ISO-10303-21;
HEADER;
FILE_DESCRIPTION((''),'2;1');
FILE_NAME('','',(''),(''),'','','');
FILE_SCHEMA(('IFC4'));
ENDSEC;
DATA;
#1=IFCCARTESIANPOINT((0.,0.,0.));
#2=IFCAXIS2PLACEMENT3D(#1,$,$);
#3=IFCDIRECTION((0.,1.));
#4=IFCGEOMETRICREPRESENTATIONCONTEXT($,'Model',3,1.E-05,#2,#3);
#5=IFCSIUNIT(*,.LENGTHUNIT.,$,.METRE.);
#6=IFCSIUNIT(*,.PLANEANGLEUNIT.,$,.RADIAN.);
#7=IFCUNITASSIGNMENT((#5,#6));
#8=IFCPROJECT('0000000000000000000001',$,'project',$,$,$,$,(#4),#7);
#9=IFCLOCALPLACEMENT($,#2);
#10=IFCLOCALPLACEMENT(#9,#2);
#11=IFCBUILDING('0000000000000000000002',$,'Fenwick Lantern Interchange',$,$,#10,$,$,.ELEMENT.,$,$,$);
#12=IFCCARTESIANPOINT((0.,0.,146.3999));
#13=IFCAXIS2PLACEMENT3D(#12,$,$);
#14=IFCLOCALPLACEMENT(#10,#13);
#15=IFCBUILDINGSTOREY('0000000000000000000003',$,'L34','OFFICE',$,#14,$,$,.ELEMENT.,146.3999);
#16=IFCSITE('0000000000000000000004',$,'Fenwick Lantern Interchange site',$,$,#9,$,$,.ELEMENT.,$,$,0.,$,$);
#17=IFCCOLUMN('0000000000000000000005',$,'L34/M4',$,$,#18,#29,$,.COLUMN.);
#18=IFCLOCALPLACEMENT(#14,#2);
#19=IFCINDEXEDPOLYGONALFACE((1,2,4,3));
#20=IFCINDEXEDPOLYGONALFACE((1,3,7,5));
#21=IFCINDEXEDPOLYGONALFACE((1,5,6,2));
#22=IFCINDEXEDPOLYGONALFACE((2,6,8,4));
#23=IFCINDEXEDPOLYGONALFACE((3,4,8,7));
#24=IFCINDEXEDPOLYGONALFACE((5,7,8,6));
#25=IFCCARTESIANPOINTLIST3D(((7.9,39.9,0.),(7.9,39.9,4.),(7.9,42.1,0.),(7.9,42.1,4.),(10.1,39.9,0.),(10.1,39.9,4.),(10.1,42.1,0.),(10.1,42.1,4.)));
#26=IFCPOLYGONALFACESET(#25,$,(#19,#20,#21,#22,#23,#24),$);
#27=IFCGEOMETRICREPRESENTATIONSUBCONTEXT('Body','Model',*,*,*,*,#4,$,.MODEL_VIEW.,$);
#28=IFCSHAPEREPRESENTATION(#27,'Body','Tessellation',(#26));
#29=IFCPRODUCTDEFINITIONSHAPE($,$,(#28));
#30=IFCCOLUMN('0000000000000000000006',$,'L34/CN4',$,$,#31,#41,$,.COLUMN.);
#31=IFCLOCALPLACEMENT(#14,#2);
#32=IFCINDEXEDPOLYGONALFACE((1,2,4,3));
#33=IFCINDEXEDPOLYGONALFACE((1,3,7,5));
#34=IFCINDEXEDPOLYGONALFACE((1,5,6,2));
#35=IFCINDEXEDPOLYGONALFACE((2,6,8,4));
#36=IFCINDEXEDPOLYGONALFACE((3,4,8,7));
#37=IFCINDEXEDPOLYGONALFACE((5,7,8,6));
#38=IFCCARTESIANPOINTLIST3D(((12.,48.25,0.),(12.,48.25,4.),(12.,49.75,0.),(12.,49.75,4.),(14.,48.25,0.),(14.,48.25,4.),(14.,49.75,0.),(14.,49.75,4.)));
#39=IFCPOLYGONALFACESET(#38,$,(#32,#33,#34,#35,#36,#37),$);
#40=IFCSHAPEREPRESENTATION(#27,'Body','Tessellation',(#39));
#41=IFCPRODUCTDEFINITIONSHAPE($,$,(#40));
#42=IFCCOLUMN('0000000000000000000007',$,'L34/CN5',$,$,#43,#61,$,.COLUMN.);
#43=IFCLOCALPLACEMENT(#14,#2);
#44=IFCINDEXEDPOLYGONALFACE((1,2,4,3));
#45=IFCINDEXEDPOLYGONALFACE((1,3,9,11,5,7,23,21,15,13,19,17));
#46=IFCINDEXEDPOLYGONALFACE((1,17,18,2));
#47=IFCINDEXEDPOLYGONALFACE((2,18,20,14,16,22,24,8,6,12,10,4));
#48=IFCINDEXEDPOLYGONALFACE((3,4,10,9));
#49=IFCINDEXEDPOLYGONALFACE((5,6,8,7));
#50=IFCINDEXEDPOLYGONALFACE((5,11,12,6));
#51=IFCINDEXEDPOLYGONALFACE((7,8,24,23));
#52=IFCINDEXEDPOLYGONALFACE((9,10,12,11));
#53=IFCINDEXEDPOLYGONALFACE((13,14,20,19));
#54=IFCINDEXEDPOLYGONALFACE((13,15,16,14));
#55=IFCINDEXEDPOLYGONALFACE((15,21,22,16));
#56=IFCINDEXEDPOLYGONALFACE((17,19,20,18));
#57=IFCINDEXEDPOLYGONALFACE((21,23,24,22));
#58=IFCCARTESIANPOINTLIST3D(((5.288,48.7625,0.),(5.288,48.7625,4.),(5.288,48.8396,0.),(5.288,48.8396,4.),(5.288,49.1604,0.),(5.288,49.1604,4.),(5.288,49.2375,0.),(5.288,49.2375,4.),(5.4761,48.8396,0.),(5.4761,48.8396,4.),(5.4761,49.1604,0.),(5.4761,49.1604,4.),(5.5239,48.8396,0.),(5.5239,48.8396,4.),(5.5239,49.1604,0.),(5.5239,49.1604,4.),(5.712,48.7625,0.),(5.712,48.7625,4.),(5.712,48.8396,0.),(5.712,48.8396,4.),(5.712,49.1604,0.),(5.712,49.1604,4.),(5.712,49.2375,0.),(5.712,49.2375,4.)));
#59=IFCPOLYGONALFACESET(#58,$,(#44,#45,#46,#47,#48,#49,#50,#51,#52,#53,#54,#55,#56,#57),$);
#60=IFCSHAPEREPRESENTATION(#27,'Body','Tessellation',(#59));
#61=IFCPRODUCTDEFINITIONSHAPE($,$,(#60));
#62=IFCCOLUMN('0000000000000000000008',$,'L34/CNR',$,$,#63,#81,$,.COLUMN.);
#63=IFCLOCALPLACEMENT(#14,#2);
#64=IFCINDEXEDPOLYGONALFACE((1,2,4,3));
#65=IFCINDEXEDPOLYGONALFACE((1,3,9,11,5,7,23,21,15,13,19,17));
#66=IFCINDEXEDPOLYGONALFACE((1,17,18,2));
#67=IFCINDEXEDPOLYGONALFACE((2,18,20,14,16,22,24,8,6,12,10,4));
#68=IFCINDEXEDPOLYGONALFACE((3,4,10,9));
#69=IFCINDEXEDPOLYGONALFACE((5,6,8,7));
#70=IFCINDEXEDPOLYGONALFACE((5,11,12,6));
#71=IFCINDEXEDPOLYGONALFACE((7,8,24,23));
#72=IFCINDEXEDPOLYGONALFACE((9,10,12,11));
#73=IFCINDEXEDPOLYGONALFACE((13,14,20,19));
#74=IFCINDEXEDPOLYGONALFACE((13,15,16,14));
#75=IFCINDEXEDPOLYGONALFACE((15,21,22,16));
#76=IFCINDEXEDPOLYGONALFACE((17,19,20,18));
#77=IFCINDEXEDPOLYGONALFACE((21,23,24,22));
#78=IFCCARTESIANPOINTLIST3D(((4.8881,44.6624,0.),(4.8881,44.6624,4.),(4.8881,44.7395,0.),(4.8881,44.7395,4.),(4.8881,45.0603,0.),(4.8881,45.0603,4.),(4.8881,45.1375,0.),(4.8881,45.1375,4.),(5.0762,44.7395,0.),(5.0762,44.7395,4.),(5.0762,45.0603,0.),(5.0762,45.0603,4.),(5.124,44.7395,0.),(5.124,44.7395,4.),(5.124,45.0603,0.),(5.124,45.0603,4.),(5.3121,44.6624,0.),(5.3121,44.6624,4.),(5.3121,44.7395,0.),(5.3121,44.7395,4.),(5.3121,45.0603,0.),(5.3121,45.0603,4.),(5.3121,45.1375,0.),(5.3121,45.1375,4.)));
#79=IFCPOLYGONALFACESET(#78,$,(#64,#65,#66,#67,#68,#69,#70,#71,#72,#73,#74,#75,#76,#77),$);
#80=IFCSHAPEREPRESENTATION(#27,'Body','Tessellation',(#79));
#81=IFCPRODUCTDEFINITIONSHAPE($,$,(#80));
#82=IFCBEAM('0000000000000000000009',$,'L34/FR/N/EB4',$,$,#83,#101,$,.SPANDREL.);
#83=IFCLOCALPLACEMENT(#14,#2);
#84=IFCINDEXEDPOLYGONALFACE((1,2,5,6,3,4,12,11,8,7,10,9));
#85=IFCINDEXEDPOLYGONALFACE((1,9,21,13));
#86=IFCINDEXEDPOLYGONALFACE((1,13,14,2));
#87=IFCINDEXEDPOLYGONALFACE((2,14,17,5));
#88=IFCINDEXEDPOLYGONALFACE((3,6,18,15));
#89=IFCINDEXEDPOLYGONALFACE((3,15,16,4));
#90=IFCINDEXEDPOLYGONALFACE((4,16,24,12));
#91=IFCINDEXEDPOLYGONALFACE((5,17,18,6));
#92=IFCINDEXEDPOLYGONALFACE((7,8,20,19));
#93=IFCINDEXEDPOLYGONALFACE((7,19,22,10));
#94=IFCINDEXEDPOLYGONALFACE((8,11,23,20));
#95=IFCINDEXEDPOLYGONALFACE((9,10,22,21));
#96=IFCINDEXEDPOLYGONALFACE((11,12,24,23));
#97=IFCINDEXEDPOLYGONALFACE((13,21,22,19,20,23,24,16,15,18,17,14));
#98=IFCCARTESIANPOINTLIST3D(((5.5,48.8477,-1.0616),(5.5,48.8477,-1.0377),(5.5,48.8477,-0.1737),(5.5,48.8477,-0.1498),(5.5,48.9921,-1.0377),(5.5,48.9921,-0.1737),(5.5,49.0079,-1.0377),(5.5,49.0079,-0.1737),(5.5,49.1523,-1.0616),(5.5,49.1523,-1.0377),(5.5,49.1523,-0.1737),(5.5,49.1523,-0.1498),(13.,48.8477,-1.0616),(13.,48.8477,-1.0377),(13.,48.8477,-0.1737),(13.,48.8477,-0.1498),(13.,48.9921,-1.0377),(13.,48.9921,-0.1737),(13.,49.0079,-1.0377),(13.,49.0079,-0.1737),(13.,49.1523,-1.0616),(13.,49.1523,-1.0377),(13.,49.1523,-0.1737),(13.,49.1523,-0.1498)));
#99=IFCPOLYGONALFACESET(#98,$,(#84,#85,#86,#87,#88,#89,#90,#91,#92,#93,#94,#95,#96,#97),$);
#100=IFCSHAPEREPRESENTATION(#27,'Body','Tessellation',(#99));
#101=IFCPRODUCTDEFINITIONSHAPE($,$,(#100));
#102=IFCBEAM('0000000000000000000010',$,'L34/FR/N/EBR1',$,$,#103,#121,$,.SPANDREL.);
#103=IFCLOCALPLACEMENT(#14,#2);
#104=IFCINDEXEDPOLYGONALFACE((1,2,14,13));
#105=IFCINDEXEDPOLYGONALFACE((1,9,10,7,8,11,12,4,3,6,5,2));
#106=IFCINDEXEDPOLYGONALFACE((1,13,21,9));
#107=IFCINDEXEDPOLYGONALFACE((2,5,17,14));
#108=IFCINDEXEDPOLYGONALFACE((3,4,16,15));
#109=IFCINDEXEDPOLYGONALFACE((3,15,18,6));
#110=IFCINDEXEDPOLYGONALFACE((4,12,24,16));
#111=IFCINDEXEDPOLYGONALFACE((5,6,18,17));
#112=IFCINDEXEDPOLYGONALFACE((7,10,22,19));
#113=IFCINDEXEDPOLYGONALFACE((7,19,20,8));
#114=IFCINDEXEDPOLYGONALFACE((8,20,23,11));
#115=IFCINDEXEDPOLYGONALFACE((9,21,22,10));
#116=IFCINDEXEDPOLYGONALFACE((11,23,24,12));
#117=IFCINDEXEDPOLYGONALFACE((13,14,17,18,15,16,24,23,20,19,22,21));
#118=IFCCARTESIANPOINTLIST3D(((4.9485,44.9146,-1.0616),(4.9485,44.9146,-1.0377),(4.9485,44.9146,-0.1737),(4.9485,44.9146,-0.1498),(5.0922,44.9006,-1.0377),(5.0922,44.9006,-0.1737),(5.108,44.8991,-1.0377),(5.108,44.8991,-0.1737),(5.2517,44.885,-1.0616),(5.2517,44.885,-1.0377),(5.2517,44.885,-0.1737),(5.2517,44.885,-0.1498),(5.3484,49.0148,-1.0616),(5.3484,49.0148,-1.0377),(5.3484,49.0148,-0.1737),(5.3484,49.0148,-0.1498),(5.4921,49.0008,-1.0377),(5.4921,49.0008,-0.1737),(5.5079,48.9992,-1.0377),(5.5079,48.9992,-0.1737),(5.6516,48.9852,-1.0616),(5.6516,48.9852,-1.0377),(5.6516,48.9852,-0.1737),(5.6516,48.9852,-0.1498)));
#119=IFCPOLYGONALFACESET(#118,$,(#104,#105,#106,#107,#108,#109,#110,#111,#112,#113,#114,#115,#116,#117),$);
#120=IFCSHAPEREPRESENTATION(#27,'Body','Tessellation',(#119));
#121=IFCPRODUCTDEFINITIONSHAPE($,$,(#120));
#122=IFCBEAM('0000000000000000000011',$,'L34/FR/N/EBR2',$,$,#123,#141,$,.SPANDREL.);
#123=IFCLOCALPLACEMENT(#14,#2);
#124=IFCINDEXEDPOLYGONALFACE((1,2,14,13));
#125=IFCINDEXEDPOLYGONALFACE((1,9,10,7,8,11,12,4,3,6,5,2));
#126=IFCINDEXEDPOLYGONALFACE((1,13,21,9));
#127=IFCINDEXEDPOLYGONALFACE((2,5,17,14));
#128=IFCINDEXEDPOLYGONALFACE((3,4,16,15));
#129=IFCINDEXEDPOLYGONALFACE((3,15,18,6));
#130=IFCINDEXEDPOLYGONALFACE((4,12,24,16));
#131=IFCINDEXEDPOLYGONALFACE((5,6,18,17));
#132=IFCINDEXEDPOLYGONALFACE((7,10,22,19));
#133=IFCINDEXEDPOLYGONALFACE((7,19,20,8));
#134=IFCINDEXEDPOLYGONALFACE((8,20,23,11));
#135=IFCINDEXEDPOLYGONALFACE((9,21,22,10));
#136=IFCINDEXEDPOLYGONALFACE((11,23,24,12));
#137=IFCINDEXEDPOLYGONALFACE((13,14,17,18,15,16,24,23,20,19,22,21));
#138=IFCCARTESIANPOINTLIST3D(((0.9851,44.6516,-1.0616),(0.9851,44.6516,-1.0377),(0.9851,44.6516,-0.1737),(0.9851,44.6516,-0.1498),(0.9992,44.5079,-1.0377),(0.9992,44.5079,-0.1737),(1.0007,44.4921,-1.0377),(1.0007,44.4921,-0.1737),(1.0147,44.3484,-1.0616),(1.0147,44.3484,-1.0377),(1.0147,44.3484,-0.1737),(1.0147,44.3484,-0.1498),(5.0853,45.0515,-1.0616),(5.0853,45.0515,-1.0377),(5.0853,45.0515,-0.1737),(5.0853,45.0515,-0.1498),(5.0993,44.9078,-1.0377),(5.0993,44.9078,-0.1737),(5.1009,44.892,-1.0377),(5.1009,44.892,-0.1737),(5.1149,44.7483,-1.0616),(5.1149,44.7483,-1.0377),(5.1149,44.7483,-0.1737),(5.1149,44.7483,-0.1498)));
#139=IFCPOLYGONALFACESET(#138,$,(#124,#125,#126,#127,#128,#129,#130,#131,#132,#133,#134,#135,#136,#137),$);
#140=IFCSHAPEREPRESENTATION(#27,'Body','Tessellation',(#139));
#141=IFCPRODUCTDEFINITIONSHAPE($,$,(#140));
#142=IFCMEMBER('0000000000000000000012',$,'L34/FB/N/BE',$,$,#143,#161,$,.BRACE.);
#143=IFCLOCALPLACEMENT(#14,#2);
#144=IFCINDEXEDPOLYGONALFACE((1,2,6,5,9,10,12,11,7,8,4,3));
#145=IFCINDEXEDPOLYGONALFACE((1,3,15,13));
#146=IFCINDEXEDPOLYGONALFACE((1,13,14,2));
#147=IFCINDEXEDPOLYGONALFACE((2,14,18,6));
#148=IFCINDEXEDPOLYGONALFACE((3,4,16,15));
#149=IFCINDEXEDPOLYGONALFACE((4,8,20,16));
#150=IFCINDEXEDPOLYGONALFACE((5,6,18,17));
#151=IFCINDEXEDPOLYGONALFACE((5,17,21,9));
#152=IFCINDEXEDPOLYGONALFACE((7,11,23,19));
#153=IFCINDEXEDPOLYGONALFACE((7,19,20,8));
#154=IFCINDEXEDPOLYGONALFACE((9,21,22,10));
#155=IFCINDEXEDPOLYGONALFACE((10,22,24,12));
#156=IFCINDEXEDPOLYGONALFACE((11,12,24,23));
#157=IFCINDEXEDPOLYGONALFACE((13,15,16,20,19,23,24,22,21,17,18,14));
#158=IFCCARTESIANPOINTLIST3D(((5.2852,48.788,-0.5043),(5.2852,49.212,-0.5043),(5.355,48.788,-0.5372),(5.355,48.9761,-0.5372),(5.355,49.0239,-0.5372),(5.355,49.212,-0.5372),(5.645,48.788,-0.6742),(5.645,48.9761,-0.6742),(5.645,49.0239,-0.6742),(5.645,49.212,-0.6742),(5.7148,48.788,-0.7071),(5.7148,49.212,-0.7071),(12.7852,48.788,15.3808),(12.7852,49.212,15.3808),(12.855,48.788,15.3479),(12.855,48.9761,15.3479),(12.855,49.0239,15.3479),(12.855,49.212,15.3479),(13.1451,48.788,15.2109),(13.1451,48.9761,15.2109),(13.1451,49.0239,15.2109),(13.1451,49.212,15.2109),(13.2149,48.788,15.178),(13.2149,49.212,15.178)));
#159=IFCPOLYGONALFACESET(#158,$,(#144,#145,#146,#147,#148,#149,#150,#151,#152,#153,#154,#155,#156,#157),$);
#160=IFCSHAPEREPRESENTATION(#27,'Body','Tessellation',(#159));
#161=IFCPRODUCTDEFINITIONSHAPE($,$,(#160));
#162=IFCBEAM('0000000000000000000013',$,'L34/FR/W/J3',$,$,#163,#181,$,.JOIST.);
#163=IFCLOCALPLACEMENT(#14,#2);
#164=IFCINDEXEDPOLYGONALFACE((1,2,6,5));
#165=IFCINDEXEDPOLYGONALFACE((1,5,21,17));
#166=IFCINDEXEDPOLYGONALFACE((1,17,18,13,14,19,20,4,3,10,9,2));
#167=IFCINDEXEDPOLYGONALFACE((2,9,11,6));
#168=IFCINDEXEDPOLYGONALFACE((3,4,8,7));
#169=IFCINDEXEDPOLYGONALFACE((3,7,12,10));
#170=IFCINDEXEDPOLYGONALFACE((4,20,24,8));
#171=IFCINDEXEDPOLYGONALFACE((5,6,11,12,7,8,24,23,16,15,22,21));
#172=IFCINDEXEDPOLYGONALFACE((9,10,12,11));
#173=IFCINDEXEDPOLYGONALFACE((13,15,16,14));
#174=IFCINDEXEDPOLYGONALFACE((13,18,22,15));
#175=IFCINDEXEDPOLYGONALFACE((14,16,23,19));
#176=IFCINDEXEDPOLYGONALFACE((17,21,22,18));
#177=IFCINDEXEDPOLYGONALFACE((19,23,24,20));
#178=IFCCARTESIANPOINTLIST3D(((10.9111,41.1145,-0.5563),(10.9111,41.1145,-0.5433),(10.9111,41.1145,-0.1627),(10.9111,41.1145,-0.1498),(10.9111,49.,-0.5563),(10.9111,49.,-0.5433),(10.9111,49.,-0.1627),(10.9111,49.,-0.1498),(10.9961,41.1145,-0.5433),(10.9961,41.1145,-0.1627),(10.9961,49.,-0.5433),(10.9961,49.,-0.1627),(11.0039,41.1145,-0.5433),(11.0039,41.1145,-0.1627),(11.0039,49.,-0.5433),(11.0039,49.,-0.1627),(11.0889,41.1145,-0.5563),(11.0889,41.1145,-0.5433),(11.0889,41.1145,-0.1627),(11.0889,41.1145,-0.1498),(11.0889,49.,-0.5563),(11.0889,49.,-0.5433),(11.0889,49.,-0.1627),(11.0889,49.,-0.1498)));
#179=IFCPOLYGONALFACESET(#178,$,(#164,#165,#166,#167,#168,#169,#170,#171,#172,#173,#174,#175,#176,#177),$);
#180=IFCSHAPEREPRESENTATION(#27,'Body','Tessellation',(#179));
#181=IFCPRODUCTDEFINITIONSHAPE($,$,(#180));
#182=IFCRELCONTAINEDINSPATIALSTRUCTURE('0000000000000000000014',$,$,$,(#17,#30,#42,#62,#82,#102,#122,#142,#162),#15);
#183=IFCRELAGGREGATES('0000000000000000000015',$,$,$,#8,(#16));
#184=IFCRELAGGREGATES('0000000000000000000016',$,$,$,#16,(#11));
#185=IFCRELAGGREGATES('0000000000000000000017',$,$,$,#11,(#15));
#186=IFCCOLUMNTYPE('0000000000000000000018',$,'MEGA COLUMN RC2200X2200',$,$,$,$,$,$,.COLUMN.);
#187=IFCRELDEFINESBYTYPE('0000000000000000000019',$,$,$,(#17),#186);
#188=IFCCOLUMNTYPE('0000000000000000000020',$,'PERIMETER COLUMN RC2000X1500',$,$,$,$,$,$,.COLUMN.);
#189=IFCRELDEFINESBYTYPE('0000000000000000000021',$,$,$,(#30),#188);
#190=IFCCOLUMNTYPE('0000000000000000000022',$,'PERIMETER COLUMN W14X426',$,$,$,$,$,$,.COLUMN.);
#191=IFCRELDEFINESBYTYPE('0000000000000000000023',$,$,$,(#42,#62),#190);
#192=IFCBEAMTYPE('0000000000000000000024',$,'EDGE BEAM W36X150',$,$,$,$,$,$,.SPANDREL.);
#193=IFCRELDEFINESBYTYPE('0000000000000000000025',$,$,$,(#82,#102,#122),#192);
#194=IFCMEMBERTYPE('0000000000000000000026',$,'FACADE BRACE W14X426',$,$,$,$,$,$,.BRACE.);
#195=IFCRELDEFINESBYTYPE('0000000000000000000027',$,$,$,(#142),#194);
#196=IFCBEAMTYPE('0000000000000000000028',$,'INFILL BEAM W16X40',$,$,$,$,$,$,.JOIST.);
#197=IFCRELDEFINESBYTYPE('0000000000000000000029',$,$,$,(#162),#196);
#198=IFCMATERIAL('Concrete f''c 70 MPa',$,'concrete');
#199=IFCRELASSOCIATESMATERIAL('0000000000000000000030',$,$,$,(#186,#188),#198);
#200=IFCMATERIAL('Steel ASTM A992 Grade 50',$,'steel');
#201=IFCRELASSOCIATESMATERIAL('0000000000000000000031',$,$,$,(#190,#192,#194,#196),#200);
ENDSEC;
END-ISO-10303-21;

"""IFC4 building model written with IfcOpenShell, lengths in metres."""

from ifc_helpers import new_model, si_unit, direction, frame, origin, origin_2d, place, context, subcontext, project, spatial, rectangle, i_section, extrude, material, material_profile, profile_set, type_object, element, save


model = new_model("IFC4")

# Units and contexts
model_context = context("Model", 3, precision=1e-05, world=origin(), true_north=direction((0.0, 1.0)))
body_context = subcontext(model_context, "Body", "Model", "MODEL_VIEW")
ifc_project = project(units=[si_unit("LENGTHUNIT", "METRE"), si_unit("PLANEANGLEUNIT", "RADIAN")], contexts=[model_context])

# Site, building, storey
site_placement = place(None, origin())
site = spatial("IfcSite", under=ifc_project, at=site_placement, Name="Fenwick Lantern Interchange site", CompositionType="ELEMENT", RefElevation=0.0)
building_placement = place(site_placement, origin())
building = spatial("IfcBuilding", under=site, at=building_placement, Name="Fenwick Lantern Interchange", CompositionType="ELEMENT")
storey_placement = place(building_placement, frame((0.0, 0.0, 146.3999)))
storey = spatial("IfcBuildingStorey", under=building, at=storey_placement, Name="L34", Description="OFFICE", CompositionType="ELEMENT", Elevation=146.3999)

# Columns
ifc_material_1 = material(Name="Concrete f'c 70 MPa", Category="concrete")
ifc_material_profile_1 = material_profile(ifc_material_1, rectangle(XDim=2.2, YDim=2.2, at=origin_2d()), Name="RC2200X2200")
ifc_profile_set_1 = profile_set([ifc_material_profile_1], Name="Concrete f'c 70 MPa")
column_type_1 = type_object("IfcColumnType", Name="MEGA COLUMN RC2200X2200", PredefinedType="COLUMN", material=ifc_profile_set_1)
column_1_placement = place(storey_placement, frame((9.0, 41.0, 0.0), z_axis=(0.0, 0.0, 1.0), x_axis=(1.0, 0.0, 0.0)))
element("IfcColumn", 1, at=column_1_placement, inside=storey, type_object=column_type_1, Name="L34/M4", PredefinedType="COLUMN", context=body_context, shape_type="SweptSolid", body=[
    extrude(rectangle(XDim=2.2, YDim=2.2, at=origin_2d()), origin(), (0.0, 0.0, 1.0), 4.0),
])
ifc_material_profile_2 = material_profile(ifc_material_1, rectangle(XDim=2.0, YDim=1.5, at=origin_2d()), Name="RC2000X1500")
ifc_profile_set_2 = profile_set([ifc_material_profile_2], Name="Concrete f'c 70 MPa")
column_type_2 = type_object("IfcColumnType", Name="PERIMETER COLUMN RC2000X1500", PredefinedType="COLUMN", material=ifc_profile_set_2)
column_2_placement = place(storey_placement, frame((13.0, 49.0, 0.0), z_axis=(0.0, 0.0, 1.0), x_axis=(1.0, 0.0, 0.0)))
element("IfcColumn", 2, at=column_2_placement, inside=storey, type_object=column_type_2, Name="L34/CN4", PredefinedType="COLUMN", context=body_context, shape_type="SweptSolid", body=[
    extrude(rectangle(XDim=2.0, YDim=1.5, at=origin_2d()), origin(), (0.0, 0.0, 1.0), 4.0),
])
ifc_material_2 = material(Name="Steel ASTM A992 Grade 50", Category="steel")
ifc_material_profile_3 = material_profile(ifc_material_2, i_section(OverallWidth=0.4241, OverallDepth=0.4751, WebThickness=0.0479, FlangeThickness=0.0771, at=origin_2d()), Name="W14X426")
ifc_profile_set_3 = profile_set([ifc_material_profile_3], Name="Steel ASTM A992 Grade 50")
column_type_3 = type_object("IfcColumnType", Name="PERIMETER COLUMN W14X426", PredefinedType="COLUMN", material=ifc_profile_set_3)
for number, where, z_axis, x_axis, name in (
    (3, (5.5, 49.0, 0.0), (0.0, 0.0, 1.0), (1.0, 0.0, 0.0), "L34/CN5"),
    (4, (5.1001, 44.8999, 0.0), (0.0, 0.0, 1.0), (1.0, 0.0, 0.0), "L34/CNR"),
):
    element("IfcColumn", number, at=place(storey_placement, frame(where, z_axis=z_axis, x_axis=x_axis)), inside=storey, type_object=column_type_3, Name=name, PredefinedType="COLUMN", context=body_context, shape_type="SweptSolid", body=[
        extrude(i_section(OverallWidth=0.4241, OverallDepth=0.4751, WebThickness=0.0479, FlangeThickness=0.0771, at=origin_2d()), origin(), (0.0, 0.0, 1.0), 4.0),
    ])

# Beams
ifc_material_profile_4 = material_profile(ifc_material_2, i_section(OverallWidth=0.3047, OverallDepth=0.9119, WebThickness=0.0159, FlangeThickness=0.0239, at=origin_2d()), Name="W36X150")
ifc_profile_set_4 = profile_set([ifc_material_profile_4], Name="Steel ASTM A992 Grade 50")
beam_type_1 = type_object("IfcBeamType", Name="EDGE BEAM W36X150", PredefinedType="SPANDREL", material=ifc_profile_set_4)
beam_1_placement = place(storey_placement, frame((13.0, 49.0, -0.6057), z_axis=(-1.0, 0.0, 0.0), x_axis=(0.0, -1.0, 0.0)))
element("IfcBeam", 5, at=beam_1_placement, inside=storey, type_object=beam_type_1, Name="L34/FR/N/EB4", PredefinedType="SPANDREL", context=body_context, shape_type="SweptSolid", body=[
    extrude(i_section(OverallWidth=0.3047, OverallDepth=0.9119, WebThickness=0.0159, FlangeThickness=0.0239, at=origin_2d()), origin(), (0.0, 0.0, 1.0), 7.5),
])
for number, where, z_axis, x_axis, name in (
    (6, (5.5, 49.0, -0.6057), (-0.097074, -0.995277, 0.0), (0.995277, -0.097074, 0.0), "L34/FR/N/EBR1"),
    (7, (5.1001, 44.8999, -0.6057), (-0.995277, -0.097074, 0.0), (0.097074, -0.995277, 0.0), "L34/FR/N/EBR2"),
):
    element("IfcBeam", number, at=place(storey_placement, frame(where, z_axis=z_axis, x_axis=x_axis)), inside=storey, type_object=beam_type_1, Name=name, PredefinedType="SPANDREL", context=body_context, shape_type="SweptSolid", body=[
        extrude(i_section(OverallWidth=0.3047, OverallDepth=0.9119, WebThickness=0.0159, FlangeThickness=0.0239, at=origin_2d()), origin(), (0.0, 0.0, 1.0), 4.1196),
    ])

# Member
ifc_material_profile_5 = material_profile(ifc_material_2, i_section(OverallWidth=0.4241, OverallDepth=0.4751, WebThickness=0.0479, FlangeThickness=0.0771, at=origin_2d()), Name="W14X426")
ifc_profile_set_5 = profile_set([ifc_material_profile_5], Name="Steel ASTM A992 Grade 50")
member_type_1 = type_object("IfcMemberType", Name="FACADE BRACE W14X426", PredefinedType="BRACE", material=ifc_profile_set_5)
member_1_placement = place(storey_placement, frame((5.5, 49.0, -0.6057), z_axis=(0.426948, 0.0, 0.904276), x_axis=(0.0, 1.0, 0.0)))
element("IfcMember", 8, at=member_1_placement, inside=storey, type_object=member_type_1, Name="L34/FB/N/BE", PredefinedType="BRACE", context=body_context, shape_type="SweptSolid", body=[
    extrude(i_section(OverallWidth=0.4241, OverallDepth=0.4751, WebThickness=0.0479, FlangeThickness=0.0771, at=origin_2d()), origin(), (0.0, 0.0, 1.0), 17.5667),
])

# Beam
ifc_material_profile_6 = material_profile(ifc_material_2, i_section(OverallWidth=0.1777, OverallDepth=0.4065, WebThickness=0.0078, FlangeThickness=0.0129, at=origin_2d()), Name="W16X40")
ifc_profile_set_6 = profile_set([ifc_material_profile_6], Name="Steel ASTM A992 Grade 50")
beam_type_2 = type_object("IfcBeamType", Name="INFILL BEAM W16X40", PredefinedType="JOIST", material=ifc_profile_set_6)
beam_2_placement = place(storey_placement, frame((11.0, 49.0, -0.353), z_axis=(0.0, -1.0, 0.0), x_axis=(1.0, 0.0, 0.0)))
element("IfcBeam", 9, at=beam_2_placement, inside=storey, type_object=beam_type_2, Name="L34/FR/W/J3", PredefinedType="JOIST", context=body_context, shape_type="SweptSolid", body=[
    extrude(i_section(OverallWidth=0.1777, OverallDepth=0.4065, WebThickness=0.0078, FlangeThickness=0.0129, at=origin_2d()), origin(), (0.0, 0.0, 1.0), 7.8855),
])

save(model, "model.ifc")
